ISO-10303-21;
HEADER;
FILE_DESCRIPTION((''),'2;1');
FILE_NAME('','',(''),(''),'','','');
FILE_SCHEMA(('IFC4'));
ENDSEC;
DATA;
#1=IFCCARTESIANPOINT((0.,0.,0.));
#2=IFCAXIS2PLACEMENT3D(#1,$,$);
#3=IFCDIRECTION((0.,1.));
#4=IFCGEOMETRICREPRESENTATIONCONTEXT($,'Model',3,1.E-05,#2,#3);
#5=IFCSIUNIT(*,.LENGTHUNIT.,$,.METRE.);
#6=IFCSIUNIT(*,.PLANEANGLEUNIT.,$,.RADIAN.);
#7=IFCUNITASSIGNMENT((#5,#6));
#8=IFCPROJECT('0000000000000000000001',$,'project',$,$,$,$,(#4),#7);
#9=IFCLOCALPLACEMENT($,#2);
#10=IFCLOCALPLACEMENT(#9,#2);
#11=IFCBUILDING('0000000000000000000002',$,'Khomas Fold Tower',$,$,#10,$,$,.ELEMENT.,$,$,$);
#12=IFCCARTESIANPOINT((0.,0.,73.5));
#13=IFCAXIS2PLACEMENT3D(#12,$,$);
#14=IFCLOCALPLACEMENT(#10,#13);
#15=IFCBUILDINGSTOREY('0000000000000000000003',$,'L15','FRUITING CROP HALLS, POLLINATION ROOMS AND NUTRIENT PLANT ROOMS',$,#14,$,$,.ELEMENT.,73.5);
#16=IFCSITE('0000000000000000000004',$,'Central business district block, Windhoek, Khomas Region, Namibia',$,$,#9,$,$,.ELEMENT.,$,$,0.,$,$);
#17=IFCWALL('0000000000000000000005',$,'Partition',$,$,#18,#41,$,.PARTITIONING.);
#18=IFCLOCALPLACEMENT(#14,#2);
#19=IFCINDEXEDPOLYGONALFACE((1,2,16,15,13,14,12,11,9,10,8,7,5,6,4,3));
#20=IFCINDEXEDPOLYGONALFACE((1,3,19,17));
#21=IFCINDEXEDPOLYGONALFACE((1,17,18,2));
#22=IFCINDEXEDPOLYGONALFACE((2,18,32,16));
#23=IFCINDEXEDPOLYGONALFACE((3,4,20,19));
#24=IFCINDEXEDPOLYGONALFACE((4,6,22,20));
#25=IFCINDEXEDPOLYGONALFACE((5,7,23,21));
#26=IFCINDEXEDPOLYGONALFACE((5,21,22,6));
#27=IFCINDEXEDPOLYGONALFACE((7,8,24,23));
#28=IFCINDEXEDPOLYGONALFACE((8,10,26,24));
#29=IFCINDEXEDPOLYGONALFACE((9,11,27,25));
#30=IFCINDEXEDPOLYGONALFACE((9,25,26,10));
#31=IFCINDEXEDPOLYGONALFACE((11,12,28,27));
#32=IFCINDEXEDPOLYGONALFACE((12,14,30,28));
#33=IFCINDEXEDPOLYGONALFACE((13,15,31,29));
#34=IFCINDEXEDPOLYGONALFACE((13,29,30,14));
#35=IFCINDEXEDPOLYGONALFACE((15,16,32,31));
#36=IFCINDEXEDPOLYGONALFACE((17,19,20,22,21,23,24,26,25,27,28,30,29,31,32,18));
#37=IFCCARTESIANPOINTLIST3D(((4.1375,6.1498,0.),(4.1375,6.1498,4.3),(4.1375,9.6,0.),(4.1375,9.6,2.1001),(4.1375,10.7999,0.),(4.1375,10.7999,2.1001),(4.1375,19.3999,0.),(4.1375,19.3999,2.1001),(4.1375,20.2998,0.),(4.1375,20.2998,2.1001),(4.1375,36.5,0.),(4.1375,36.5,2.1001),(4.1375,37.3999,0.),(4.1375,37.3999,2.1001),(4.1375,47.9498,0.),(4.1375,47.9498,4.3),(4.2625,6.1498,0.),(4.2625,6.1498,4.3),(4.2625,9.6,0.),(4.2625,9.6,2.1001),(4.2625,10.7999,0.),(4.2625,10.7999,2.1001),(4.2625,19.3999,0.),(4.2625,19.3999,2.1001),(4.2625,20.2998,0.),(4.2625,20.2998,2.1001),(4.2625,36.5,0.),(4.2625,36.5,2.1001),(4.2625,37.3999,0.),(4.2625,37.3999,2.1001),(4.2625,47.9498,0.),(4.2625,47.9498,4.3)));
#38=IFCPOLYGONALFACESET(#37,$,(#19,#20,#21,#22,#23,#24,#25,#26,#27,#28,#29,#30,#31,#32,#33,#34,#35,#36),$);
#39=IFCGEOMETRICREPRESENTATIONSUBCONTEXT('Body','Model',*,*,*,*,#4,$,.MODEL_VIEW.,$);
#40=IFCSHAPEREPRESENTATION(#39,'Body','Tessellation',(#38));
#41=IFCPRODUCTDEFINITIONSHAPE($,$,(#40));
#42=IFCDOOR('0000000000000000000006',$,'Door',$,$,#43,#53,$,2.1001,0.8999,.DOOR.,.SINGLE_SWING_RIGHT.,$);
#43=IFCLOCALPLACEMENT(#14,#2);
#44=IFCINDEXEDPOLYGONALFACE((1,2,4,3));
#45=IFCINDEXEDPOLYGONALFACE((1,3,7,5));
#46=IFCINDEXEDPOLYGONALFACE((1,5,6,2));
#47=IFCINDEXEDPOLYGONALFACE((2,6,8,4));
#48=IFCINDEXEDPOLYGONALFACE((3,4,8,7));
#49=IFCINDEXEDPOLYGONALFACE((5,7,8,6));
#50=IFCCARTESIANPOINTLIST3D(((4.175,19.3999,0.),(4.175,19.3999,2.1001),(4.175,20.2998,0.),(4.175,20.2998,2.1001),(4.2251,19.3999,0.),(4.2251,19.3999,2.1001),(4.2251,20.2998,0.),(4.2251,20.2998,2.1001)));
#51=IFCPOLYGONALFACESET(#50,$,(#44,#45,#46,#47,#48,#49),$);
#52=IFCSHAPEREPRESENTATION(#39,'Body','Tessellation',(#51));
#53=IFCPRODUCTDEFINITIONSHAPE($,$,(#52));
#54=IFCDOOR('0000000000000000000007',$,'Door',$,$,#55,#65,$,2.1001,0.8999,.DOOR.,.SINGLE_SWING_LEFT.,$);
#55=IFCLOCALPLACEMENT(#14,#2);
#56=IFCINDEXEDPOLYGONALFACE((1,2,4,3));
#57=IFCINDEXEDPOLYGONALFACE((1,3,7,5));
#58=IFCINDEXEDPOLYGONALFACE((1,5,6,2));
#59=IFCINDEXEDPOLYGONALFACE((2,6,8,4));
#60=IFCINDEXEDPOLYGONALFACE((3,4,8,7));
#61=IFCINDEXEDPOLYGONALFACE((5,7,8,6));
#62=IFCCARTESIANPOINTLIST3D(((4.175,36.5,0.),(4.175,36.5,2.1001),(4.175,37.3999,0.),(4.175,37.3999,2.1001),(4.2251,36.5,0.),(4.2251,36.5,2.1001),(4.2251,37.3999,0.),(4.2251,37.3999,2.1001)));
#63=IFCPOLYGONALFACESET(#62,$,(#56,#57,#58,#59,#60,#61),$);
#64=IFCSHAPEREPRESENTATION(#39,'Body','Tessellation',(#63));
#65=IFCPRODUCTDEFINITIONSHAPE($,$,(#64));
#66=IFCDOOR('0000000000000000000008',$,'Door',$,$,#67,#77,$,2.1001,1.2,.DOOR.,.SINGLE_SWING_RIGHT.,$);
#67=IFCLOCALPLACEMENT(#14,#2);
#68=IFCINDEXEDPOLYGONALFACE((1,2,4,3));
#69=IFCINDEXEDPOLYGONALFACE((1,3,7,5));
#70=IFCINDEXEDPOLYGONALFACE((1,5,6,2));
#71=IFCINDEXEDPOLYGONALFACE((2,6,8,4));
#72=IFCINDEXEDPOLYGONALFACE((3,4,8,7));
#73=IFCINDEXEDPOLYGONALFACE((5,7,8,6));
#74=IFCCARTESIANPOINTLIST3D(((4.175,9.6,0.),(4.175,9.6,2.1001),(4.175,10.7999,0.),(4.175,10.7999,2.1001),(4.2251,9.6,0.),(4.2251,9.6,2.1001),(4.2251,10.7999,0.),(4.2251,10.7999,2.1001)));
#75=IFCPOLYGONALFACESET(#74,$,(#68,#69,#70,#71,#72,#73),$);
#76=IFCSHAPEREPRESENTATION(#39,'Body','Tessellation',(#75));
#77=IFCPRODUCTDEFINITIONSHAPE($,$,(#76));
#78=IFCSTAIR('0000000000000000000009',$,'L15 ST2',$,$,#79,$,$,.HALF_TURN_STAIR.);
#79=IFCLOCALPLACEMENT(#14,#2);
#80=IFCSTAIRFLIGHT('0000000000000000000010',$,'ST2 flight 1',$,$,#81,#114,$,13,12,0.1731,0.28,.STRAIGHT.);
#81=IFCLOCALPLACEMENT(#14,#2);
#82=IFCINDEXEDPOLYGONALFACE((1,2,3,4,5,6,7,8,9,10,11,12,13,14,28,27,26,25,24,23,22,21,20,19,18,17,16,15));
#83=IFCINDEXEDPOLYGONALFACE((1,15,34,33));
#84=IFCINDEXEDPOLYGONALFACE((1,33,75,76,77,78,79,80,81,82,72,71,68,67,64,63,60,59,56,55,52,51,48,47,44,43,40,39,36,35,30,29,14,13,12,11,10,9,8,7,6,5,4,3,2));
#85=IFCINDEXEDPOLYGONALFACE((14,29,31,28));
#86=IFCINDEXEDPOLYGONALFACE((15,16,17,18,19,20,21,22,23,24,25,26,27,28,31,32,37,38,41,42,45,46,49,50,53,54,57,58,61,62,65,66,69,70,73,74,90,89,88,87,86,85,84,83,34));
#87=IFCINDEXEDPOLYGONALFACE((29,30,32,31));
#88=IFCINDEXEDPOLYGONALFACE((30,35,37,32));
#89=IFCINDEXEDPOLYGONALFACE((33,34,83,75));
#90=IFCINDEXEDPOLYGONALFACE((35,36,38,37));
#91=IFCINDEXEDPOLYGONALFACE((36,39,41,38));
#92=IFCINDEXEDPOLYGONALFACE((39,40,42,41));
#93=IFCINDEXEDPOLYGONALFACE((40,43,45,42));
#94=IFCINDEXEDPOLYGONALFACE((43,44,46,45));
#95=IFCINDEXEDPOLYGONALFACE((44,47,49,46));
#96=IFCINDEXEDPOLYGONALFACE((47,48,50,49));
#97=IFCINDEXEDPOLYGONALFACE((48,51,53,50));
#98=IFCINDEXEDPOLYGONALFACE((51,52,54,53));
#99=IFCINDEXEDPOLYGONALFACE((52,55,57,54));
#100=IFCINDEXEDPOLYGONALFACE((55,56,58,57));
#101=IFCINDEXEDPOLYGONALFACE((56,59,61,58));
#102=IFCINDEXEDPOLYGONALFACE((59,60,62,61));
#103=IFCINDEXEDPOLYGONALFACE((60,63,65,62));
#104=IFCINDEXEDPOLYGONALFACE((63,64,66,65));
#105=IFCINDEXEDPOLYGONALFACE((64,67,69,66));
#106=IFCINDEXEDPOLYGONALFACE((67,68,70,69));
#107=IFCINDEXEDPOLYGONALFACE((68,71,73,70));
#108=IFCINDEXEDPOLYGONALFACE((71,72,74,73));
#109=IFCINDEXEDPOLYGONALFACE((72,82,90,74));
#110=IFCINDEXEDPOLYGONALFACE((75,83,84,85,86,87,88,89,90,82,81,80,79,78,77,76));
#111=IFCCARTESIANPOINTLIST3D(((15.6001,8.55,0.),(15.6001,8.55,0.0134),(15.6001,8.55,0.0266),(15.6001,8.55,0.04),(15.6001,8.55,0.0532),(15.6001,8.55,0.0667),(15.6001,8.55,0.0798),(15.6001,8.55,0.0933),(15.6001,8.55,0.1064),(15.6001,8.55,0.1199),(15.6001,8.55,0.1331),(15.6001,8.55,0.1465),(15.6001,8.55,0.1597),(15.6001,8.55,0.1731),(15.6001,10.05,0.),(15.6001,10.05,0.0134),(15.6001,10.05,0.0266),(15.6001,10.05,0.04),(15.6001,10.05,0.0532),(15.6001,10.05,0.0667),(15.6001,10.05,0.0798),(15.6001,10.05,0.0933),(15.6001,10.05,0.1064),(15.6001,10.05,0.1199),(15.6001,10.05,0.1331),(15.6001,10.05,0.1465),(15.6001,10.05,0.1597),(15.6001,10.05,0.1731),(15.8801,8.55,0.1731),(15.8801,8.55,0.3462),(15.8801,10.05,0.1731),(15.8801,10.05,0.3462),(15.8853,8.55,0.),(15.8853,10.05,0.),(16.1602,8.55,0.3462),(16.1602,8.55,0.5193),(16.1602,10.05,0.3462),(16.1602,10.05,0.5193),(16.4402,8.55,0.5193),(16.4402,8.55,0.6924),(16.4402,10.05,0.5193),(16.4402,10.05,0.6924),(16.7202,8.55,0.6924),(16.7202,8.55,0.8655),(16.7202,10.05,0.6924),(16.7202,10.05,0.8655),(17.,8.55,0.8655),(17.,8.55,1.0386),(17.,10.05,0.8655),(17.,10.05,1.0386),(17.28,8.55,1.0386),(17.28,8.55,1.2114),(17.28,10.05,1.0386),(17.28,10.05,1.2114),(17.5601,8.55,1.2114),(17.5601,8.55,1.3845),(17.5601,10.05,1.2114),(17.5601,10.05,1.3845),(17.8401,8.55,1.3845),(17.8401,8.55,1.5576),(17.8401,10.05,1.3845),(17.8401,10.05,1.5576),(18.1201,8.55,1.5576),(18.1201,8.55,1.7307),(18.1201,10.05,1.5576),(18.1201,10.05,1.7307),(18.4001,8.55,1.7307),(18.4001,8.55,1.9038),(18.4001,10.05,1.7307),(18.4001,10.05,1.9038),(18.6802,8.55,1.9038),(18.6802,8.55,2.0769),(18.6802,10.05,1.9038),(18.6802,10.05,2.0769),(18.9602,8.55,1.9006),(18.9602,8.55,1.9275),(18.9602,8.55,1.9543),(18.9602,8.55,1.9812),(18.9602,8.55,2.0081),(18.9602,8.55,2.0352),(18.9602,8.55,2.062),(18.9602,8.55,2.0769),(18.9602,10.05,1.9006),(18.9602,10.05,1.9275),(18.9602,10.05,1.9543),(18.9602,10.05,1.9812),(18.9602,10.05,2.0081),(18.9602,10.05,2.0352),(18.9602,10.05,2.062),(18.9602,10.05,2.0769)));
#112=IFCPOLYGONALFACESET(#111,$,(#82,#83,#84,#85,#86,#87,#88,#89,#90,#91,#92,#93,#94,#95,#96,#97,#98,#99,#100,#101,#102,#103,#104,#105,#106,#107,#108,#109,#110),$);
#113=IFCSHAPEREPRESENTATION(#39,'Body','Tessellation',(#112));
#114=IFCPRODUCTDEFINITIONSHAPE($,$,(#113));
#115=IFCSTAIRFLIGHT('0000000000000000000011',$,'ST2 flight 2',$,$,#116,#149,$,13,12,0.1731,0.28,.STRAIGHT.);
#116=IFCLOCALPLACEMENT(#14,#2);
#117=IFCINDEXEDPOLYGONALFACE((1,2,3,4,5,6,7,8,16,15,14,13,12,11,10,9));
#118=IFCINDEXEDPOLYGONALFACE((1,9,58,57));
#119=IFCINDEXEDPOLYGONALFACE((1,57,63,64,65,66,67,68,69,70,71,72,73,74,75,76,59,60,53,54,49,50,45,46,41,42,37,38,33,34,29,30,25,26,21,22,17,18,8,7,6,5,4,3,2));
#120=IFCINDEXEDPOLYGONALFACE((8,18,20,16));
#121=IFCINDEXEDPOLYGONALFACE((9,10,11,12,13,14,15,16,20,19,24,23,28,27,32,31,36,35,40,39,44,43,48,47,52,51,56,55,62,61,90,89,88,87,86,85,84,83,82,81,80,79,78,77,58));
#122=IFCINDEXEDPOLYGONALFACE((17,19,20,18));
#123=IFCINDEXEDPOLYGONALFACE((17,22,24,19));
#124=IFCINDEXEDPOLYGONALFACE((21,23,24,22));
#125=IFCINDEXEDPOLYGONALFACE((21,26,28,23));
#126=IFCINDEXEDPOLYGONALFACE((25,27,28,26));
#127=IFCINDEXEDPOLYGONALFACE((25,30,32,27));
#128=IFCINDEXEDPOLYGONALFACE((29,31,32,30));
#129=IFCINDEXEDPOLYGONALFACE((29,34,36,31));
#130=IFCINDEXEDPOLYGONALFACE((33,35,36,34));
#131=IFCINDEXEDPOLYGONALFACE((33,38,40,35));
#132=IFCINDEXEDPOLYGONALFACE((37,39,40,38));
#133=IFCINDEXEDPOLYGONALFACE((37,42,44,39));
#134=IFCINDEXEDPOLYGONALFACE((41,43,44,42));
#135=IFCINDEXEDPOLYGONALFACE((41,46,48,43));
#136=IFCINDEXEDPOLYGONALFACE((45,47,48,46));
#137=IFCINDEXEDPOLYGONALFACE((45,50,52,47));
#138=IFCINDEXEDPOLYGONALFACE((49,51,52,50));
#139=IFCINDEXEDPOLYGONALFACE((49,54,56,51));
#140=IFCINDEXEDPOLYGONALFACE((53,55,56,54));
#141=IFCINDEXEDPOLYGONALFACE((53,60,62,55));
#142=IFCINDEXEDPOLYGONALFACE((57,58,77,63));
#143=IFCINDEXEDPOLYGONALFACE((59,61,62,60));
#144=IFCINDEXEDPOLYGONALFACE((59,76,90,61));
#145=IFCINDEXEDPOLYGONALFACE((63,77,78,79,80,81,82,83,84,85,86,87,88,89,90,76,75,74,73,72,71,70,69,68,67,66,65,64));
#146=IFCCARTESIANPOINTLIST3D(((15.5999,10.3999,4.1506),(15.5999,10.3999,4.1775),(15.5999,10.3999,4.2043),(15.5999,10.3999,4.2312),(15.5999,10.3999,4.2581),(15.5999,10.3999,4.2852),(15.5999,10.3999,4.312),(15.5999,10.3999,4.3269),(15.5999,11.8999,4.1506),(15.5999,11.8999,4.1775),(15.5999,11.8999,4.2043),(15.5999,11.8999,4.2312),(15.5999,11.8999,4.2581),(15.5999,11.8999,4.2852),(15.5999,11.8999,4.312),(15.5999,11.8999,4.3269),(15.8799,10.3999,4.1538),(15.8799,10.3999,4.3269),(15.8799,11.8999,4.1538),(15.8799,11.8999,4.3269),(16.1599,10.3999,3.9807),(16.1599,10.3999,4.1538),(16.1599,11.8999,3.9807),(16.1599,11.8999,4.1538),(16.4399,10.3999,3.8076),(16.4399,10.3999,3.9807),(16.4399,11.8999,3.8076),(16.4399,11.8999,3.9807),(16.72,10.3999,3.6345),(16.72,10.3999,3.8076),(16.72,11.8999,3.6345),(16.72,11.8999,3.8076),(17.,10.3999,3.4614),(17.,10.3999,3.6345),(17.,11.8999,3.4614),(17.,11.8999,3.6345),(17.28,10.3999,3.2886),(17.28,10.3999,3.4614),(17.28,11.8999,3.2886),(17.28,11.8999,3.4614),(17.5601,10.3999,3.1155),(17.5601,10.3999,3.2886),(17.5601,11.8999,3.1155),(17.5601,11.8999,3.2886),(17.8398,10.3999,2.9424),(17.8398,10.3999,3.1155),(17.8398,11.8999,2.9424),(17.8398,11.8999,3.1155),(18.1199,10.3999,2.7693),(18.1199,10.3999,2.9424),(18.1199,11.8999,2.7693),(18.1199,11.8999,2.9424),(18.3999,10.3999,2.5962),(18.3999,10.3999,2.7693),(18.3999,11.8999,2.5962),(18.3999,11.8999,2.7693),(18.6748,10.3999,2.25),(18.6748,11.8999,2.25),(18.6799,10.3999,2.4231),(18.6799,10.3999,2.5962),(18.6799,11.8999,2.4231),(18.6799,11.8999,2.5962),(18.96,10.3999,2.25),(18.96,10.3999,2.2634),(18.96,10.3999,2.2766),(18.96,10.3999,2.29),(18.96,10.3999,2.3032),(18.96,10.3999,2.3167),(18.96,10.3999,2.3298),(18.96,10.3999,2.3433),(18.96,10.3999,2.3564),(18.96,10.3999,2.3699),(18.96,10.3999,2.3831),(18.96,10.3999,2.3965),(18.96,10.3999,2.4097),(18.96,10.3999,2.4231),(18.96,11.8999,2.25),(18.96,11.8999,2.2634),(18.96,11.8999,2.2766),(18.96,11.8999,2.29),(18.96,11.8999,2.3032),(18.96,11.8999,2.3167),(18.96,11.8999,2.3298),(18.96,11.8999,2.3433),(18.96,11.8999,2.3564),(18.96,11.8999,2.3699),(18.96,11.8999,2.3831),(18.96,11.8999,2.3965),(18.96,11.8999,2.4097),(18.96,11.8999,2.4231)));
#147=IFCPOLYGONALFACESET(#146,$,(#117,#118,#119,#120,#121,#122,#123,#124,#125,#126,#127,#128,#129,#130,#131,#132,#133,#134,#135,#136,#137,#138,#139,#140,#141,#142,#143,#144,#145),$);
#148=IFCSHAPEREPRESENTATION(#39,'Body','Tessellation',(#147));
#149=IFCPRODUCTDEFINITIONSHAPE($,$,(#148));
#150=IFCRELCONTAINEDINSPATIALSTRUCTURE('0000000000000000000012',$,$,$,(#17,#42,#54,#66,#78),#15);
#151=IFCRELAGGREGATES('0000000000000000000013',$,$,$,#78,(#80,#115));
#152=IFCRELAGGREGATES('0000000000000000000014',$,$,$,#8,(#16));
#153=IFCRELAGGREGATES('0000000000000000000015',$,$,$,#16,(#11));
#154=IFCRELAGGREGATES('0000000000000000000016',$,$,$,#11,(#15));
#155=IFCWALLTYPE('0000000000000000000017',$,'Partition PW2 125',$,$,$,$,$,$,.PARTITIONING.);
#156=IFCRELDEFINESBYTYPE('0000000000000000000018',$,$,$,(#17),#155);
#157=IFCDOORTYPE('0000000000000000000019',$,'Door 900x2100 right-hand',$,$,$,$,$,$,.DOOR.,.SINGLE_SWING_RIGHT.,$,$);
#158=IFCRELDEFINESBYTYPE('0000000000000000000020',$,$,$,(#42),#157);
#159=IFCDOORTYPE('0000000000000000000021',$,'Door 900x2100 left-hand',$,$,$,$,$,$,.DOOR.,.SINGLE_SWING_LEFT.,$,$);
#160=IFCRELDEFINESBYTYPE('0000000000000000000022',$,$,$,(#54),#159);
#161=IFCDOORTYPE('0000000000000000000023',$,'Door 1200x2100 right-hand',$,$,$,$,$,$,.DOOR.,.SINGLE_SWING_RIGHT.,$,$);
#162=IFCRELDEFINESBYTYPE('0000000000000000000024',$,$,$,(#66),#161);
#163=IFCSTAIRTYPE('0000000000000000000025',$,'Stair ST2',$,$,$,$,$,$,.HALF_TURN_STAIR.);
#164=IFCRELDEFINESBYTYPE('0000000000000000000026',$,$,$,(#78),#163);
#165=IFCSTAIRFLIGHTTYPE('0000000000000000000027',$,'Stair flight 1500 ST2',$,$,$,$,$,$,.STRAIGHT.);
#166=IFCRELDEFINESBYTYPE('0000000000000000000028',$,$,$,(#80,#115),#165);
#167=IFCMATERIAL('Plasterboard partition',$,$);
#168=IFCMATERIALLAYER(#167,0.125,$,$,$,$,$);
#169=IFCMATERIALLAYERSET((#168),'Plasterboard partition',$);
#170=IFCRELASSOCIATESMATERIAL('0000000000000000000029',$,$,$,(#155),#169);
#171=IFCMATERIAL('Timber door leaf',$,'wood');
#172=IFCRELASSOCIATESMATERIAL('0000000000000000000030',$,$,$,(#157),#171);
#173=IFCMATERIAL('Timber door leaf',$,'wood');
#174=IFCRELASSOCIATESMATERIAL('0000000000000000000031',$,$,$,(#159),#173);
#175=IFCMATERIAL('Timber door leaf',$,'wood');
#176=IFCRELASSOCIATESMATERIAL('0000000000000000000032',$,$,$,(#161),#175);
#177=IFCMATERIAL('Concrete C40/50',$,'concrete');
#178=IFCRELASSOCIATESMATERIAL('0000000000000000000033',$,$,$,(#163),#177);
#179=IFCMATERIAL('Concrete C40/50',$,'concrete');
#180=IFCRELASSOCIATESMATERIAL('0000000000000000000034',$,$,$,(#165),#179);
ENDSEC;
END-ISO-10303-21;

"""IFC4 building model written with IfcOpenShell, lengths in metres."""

from ifc_helpers import new_model, si_unit, direction, frame, frame_2d, origin, place, context, subcontext, project, spatial, polyline, rectangle, outline, extrude, source, transform, mapped, material, layer, layer_set, type_object, element, fill, aggregate, save


model = new_model("IFC4")

# Units and contexts
model_context = context("Model", 3, precision=1e-05, world=origin(), true_north=direction((0.0, 1.0)))
body_context = subcontext(model_context, "Body", "Model", "MODEL_VIEW")
ifc_project = project(units=[si_unit("LENGTHUNIT", "METRE"), si_unit("PLANEANGLEUNIT", "RADIAN")], contexts=[model_context])

# Site, building, storey
site_placement = place(None, origin())
site = spatial("IfcSite", under=ifc_project, at=site_placement, Name="Central business district block, Windhoek, Khomas Region, Namibia", CompositionType="ELEMENT", RefElevation=0.0)
building_placement = place(site_placement, origin())
building = spatial("IfcBuilding", under=site, at=building_placement, Name="Khomas Fold Tower", CompositionType="ELEMENT")
storey_placement = place(building_placement, frame((0.0, 0.0, 73.5)))
storey = spatial("IfcBuildingStorey", under=building, at=storey_placement, Name="L15", Description="FRUITING CROP HALLS, POLLINATION ROOMS AND NUTRIENT PLANT ROOMS", CompositionType="ELEMENT", Elevation=73.5)

# Shared definitions
shared_shape_1 = source(origin(), body_context, "Body", "SweptSolid", [
    extrude(rectangle(XDim=1.2, YDim=2.1001, at=frame_2d((0.6001, 1.05))), frame((0.0, 0.0249, 0.0), z_axis=(0.0, -1.0, 0.0), x_axis=(1.0, 0.0, 0.0)), (0.0, 0.0, 1.0), 0.05),
])

# Wall, openings, doors
ifc_material_1 = material(Name="Plasterboard partition")
ifc_layer_1 = layer(ifc_material_1, 0.125)
ifc_layer_set_1 = layer_set([ifc_layer_1], Name="Plasterboard partition")
wall_type_1 = type_object("IfcWallType", Name="Partition PW2 125", PredefinedType="PARTITIONING", material=ifc_layer_set_1)
shared_shape_2 = source(origin(), body_context, "Body", "SweptSolid", [
    extrude(rectangle(XDim=41.8, YDim=0.125, at=frame_2d((20.8999, 0.0))), origin(), (0.0, 0.0, 1.0), 4.3),
])
wall_1_placement = place(storey_placement, frame((4.2, 6.1499, 0.0), z_axis=(0.0, 0.0, 1.0), x_axis=(0.0, 1.0, 0.0)))
wall_1 = element("IfcWall", 1, at=wall_1_placement, inside=storey, type_object=wall_type_1, Name="Partition", PredefinedType="PARTITIONING", context=body_context, shape_type="MappedRepresentation", body=[
    mapped(shared_shape_2, transform((0.0, 0.0, 0.0))),
])
shared_shape_3 = source(origin(), body_context, "Body", "SweptSolid", [
    extrude(rectangle(XDim=1.2, YDim=2.1001, at=frame_2d((0.6001, 1.05))), frame((0.0, 0.0725, 0.0), z_axis=(0.0, -1.0, 0.0), x_axis=(1.0, 0.0, 0.0)), (0.0, 0.0, 1.0), 0.145),
])
opening_1_placement = place(wall_1_placement, frame((3.45, 0.0, 0.0)))
opening_1 = element("IfcOpeningElement", 2, at=opening_1_placement, cuts=wall_1, PredefinedType="OPENING", context=body_context, shape_type="MappedRepresentation", body=[
    mapped(shared_shape_3, transform((0.0, 0.0, 0.0))),
])
shared_shape_4 = source(origin(), body_context, "Body", "SweptSolid", [
    extrude(rectangle(XDim=0.8999, YDim=2.1001, at=frame_2d((0.45, 1.05))), frame((0.0, 0.0725, 0.0), z_axis=(0.0, -1.0, 0.0), x_axis=(1.0, 0.0, 0.0)), (0.0, 0.0, 1.0), 0.145),
])
opening_2_placement = place(wall_1_placement, frame((13.25, 0.0, 0.0)))
opening_2 = element("IfcOpeningElement", 3, at=opening_2_placement, cuts=wall_1, PredefinedType="OPENING", context=body_context, shape_type="MappedRepresentation", body=[
    mapped(shared_shape_4, transform((0.0, 0.0, 0.0))),
])
opening_3_placement = place(wall_1_placement, frame((30.3501, 0.0, 0.0)))
opening_3 = element("IfcOpeningElement", 4, at=opening_3_placement, cuts=wall_1, PredefinedType="OPENING", context=body_context, shape_type="MappedRepresentation", body=[
    mapped(shared_shape_4, transform((0.0, 0.0, 0.0))),
])
ifc_material_2 = material(Name="Timber door leaf", Category="wood")
door_type_1 = type_object("IfcDoorType", Name="Door 900x2100 right-hand", OperationType="SINGLE_SWING_RIGHT", PredefinedType="DOOR", material=ifc_material_2)
shared_shape_5 = source(origin(), body_context, "Body", "SweptSolid", [
    extrude(rectangle(XDim=0.8999, YDim=2.1001, at=frame_2d((0.45, 1.05))), frame((0.0, 0.0249, 0.0), z_axis=(0.0, -1.0, 0.0), x_axis=(1.0, 0.0, 0.0)), (0.0, 0.0, 1.0), 0.05),
])
door_1_placement = place(opening_2_placement, origin())
door_1 = element("IfcDoor", 5, at=door_1_placement, inside=storey, type_object=door_type_1, Name="Door", OperationType="SINGLE_SWING_RIGHT", OverallHeight=2.1001, OverallWidth=0.8999, PredefinedType="DOOR", context=body_context, shape_type="MappedRepresentation", body=[
    mapped(shared_shape_5, transform((0.0, 0.0, 0.0))),
])
fill(opening_2, door_1)
ifc_material_3 = material(Name="Timber door leaf", Category="wood")
door_type_2 = type_object("IfcDoorType", Name="Door 900x2100 left-hand", OperationType="SINGLE_SWING_LEFT", PredefinedType="DOOR", material=ifc_material_3)
door_2_placement = place(opening_3_placement, origin())
door_2 = element("IfcDoor", 6, at=door_2_placement, inside=storey, type_object=door_type_2, Name="Door", OperationType="SINGLE_SWING_LEFT", OverallHeight=2.1001, OverallWidth=0.8999, PredefinedType="DOOR", context=body_context, shape_type="MappedRepresentation", body=[
    mapped(shared_shape_5, transform((0.0, 0.0, 0.0))),
])
fill(opening_3, door_2)
ifc_material_4 = material(Name="Timber door leaf", Category="wood")
door_type_3 = type_object("IfcDoorType", Name="Door 1200x2100 right-hand", OperationType="SINGLE_SWING_RIGHT", PredefinedType="DOOR", material=ifc_material_4)
door_3_placement = place(opening_1_placement, origin())
door_3 = element("IfcDoor", 7, at=door_3_placement, inside=storey, type_object=door_type_3, Name="Door", OperationType="SINGLE_SWING_RIGHT", OverallHeight=2.1001, OverallWidth=1.2, PredefinedType="DOOR", context=body_context, shape_type="MappedRepresentation", body=[
    mapped(shared_shape_1, transform((0.0, 0.0, 0.0))),
])
fill(opening_1, door_3)

# Stair, stair flights
ifc_material_5 = material(Name="Concrete C40/50", Category="concrete")
stair_type = type_object("IfcStairType", Name="Stair ST2", PredefinedType="HALF_TURN_STAIR", material=ifc_material_5)
stair_placement = place(storey_placement, origin())
stair = element("IfcStair", 8, at=stair_placement, inside=storey, type_object=stair_type, Name="L15 ST2", PredefinedType="HALF_TURN_STAIR")
ifc_material_6 = material(Name="Concrete C40/50", Category="concrete")
stair_flight_type = type_object("IfcStairFlightType", Name="Stair flight 1500 ST2", PredefinedType="STRAIGHT", material=ifc_material_6)
shared_shape_6 = source(origin(), body_context, "Body", "SweptSolid", [
    extrude(outline(polyline([(0.0, 0.0), (0.0, 0.0134), (0.0, 0.0266), (0.0, 0.04), (0.0, 0.0532), (0.0, 0.0667), (0.0, 0.0798), (0.0, 0.0933), (0.0, 0.1064), (0.0, 0.1199), (0.0, 0.1331), (0.0, 0.1465), (0.0, 0.1597), (0.0, 0.1731), (0.28, 0.1731), (0.28, 0.3462), (0.5601, 0.3462), (0.5601, 0.5193), (0.8401, 0.5193), (0.8401, 0.6924), (1.1201, 0.6924), (1.1201, 0.8655), (1.3999, 0.8655), (1.3999, 1.0386), (1.6799, 1.0386), (1.6799, 1.2114), (1.96, 1.2114), (1.96, 1.3845), (2.24, 1.3845), (2.24, 1.5576), (2.52, 1.5576), (2.52, 1.7307), (2.8, 1.7307), (2.8, 1.9038), (3.0801, 1.9038), (3.0801, 2.0769), (3.3601, 2.0769), (3.3601, 2.25), (3.3601, 2.2231), (3.3601, 2.1963), (3.3601, 2.1694), (3.3601, 2.1426), (3.3601, 2.1157), (3.3601, 2.0889), (3.3601, 2.062), (3.3601, 2.0352), (3.3601, 2.0081), (3.3601, 1.9812), (3.3601, 1.9543), (3.3601, 1.9275), (3.3601, 1.9006), (0.2852, 0.0), (0.0, 0.0)])), frame((0.0, 0.75, 0.0), z_axis=(0.0, -1.0, 0.0), x_axis=(1.0, 0.0, 0.0)), (0.0, 0.0, 1.0), 1.5),
])
stair_flight_1_placement = place(storey_placement, frame((15.6001, 9.3, 0.0), z_axis=(0.0, 0.0, 1.0), x_axis=(1.0, 0.0, 0.0)))
stair_flight_1 = element("IfcStairFlight", 9, at=stair_flight_1_placement, type_object=stair_flight_type, Name="ST2 flight 1", NumberOfRisers=13, NumberOfTreads=12, PredefinedType="STRAIGHT", RiserHeight=0.1731, TreadLength=0.28, context=body_context, shape_type="MappedRepresentation", body=[
    mapped(shared_shape_6, transform((0.0, 0.0, 0.0))),
])
stair_flight_2_placement = place(storey_placement, frame((18.96, 11.1499, 2.25), z_axis=(0.0, 0.0, 1.0), x_axis=(-1.0, 0.0, 0.0)))
stair_flight_2 = element("IfcStairFlight", 10, at=stair_flight_2_placement, type_object=stair_flight_type, Name="ST2 flight 2", NumberOfRisers=13, NumberOfTreads=12, PredefinedType="STRAIGHT", RiserHeight=0.1731, TreadLength=0.28, context=body_context, shape_type="MappedRepresentation", body=[
    mapped(shared_shape_6, transform((0.0, 0.0, 0.0))),
])
aggregate(stair, [stair_flight_1, stair_flight_2])

save(model, "model.ifc")
